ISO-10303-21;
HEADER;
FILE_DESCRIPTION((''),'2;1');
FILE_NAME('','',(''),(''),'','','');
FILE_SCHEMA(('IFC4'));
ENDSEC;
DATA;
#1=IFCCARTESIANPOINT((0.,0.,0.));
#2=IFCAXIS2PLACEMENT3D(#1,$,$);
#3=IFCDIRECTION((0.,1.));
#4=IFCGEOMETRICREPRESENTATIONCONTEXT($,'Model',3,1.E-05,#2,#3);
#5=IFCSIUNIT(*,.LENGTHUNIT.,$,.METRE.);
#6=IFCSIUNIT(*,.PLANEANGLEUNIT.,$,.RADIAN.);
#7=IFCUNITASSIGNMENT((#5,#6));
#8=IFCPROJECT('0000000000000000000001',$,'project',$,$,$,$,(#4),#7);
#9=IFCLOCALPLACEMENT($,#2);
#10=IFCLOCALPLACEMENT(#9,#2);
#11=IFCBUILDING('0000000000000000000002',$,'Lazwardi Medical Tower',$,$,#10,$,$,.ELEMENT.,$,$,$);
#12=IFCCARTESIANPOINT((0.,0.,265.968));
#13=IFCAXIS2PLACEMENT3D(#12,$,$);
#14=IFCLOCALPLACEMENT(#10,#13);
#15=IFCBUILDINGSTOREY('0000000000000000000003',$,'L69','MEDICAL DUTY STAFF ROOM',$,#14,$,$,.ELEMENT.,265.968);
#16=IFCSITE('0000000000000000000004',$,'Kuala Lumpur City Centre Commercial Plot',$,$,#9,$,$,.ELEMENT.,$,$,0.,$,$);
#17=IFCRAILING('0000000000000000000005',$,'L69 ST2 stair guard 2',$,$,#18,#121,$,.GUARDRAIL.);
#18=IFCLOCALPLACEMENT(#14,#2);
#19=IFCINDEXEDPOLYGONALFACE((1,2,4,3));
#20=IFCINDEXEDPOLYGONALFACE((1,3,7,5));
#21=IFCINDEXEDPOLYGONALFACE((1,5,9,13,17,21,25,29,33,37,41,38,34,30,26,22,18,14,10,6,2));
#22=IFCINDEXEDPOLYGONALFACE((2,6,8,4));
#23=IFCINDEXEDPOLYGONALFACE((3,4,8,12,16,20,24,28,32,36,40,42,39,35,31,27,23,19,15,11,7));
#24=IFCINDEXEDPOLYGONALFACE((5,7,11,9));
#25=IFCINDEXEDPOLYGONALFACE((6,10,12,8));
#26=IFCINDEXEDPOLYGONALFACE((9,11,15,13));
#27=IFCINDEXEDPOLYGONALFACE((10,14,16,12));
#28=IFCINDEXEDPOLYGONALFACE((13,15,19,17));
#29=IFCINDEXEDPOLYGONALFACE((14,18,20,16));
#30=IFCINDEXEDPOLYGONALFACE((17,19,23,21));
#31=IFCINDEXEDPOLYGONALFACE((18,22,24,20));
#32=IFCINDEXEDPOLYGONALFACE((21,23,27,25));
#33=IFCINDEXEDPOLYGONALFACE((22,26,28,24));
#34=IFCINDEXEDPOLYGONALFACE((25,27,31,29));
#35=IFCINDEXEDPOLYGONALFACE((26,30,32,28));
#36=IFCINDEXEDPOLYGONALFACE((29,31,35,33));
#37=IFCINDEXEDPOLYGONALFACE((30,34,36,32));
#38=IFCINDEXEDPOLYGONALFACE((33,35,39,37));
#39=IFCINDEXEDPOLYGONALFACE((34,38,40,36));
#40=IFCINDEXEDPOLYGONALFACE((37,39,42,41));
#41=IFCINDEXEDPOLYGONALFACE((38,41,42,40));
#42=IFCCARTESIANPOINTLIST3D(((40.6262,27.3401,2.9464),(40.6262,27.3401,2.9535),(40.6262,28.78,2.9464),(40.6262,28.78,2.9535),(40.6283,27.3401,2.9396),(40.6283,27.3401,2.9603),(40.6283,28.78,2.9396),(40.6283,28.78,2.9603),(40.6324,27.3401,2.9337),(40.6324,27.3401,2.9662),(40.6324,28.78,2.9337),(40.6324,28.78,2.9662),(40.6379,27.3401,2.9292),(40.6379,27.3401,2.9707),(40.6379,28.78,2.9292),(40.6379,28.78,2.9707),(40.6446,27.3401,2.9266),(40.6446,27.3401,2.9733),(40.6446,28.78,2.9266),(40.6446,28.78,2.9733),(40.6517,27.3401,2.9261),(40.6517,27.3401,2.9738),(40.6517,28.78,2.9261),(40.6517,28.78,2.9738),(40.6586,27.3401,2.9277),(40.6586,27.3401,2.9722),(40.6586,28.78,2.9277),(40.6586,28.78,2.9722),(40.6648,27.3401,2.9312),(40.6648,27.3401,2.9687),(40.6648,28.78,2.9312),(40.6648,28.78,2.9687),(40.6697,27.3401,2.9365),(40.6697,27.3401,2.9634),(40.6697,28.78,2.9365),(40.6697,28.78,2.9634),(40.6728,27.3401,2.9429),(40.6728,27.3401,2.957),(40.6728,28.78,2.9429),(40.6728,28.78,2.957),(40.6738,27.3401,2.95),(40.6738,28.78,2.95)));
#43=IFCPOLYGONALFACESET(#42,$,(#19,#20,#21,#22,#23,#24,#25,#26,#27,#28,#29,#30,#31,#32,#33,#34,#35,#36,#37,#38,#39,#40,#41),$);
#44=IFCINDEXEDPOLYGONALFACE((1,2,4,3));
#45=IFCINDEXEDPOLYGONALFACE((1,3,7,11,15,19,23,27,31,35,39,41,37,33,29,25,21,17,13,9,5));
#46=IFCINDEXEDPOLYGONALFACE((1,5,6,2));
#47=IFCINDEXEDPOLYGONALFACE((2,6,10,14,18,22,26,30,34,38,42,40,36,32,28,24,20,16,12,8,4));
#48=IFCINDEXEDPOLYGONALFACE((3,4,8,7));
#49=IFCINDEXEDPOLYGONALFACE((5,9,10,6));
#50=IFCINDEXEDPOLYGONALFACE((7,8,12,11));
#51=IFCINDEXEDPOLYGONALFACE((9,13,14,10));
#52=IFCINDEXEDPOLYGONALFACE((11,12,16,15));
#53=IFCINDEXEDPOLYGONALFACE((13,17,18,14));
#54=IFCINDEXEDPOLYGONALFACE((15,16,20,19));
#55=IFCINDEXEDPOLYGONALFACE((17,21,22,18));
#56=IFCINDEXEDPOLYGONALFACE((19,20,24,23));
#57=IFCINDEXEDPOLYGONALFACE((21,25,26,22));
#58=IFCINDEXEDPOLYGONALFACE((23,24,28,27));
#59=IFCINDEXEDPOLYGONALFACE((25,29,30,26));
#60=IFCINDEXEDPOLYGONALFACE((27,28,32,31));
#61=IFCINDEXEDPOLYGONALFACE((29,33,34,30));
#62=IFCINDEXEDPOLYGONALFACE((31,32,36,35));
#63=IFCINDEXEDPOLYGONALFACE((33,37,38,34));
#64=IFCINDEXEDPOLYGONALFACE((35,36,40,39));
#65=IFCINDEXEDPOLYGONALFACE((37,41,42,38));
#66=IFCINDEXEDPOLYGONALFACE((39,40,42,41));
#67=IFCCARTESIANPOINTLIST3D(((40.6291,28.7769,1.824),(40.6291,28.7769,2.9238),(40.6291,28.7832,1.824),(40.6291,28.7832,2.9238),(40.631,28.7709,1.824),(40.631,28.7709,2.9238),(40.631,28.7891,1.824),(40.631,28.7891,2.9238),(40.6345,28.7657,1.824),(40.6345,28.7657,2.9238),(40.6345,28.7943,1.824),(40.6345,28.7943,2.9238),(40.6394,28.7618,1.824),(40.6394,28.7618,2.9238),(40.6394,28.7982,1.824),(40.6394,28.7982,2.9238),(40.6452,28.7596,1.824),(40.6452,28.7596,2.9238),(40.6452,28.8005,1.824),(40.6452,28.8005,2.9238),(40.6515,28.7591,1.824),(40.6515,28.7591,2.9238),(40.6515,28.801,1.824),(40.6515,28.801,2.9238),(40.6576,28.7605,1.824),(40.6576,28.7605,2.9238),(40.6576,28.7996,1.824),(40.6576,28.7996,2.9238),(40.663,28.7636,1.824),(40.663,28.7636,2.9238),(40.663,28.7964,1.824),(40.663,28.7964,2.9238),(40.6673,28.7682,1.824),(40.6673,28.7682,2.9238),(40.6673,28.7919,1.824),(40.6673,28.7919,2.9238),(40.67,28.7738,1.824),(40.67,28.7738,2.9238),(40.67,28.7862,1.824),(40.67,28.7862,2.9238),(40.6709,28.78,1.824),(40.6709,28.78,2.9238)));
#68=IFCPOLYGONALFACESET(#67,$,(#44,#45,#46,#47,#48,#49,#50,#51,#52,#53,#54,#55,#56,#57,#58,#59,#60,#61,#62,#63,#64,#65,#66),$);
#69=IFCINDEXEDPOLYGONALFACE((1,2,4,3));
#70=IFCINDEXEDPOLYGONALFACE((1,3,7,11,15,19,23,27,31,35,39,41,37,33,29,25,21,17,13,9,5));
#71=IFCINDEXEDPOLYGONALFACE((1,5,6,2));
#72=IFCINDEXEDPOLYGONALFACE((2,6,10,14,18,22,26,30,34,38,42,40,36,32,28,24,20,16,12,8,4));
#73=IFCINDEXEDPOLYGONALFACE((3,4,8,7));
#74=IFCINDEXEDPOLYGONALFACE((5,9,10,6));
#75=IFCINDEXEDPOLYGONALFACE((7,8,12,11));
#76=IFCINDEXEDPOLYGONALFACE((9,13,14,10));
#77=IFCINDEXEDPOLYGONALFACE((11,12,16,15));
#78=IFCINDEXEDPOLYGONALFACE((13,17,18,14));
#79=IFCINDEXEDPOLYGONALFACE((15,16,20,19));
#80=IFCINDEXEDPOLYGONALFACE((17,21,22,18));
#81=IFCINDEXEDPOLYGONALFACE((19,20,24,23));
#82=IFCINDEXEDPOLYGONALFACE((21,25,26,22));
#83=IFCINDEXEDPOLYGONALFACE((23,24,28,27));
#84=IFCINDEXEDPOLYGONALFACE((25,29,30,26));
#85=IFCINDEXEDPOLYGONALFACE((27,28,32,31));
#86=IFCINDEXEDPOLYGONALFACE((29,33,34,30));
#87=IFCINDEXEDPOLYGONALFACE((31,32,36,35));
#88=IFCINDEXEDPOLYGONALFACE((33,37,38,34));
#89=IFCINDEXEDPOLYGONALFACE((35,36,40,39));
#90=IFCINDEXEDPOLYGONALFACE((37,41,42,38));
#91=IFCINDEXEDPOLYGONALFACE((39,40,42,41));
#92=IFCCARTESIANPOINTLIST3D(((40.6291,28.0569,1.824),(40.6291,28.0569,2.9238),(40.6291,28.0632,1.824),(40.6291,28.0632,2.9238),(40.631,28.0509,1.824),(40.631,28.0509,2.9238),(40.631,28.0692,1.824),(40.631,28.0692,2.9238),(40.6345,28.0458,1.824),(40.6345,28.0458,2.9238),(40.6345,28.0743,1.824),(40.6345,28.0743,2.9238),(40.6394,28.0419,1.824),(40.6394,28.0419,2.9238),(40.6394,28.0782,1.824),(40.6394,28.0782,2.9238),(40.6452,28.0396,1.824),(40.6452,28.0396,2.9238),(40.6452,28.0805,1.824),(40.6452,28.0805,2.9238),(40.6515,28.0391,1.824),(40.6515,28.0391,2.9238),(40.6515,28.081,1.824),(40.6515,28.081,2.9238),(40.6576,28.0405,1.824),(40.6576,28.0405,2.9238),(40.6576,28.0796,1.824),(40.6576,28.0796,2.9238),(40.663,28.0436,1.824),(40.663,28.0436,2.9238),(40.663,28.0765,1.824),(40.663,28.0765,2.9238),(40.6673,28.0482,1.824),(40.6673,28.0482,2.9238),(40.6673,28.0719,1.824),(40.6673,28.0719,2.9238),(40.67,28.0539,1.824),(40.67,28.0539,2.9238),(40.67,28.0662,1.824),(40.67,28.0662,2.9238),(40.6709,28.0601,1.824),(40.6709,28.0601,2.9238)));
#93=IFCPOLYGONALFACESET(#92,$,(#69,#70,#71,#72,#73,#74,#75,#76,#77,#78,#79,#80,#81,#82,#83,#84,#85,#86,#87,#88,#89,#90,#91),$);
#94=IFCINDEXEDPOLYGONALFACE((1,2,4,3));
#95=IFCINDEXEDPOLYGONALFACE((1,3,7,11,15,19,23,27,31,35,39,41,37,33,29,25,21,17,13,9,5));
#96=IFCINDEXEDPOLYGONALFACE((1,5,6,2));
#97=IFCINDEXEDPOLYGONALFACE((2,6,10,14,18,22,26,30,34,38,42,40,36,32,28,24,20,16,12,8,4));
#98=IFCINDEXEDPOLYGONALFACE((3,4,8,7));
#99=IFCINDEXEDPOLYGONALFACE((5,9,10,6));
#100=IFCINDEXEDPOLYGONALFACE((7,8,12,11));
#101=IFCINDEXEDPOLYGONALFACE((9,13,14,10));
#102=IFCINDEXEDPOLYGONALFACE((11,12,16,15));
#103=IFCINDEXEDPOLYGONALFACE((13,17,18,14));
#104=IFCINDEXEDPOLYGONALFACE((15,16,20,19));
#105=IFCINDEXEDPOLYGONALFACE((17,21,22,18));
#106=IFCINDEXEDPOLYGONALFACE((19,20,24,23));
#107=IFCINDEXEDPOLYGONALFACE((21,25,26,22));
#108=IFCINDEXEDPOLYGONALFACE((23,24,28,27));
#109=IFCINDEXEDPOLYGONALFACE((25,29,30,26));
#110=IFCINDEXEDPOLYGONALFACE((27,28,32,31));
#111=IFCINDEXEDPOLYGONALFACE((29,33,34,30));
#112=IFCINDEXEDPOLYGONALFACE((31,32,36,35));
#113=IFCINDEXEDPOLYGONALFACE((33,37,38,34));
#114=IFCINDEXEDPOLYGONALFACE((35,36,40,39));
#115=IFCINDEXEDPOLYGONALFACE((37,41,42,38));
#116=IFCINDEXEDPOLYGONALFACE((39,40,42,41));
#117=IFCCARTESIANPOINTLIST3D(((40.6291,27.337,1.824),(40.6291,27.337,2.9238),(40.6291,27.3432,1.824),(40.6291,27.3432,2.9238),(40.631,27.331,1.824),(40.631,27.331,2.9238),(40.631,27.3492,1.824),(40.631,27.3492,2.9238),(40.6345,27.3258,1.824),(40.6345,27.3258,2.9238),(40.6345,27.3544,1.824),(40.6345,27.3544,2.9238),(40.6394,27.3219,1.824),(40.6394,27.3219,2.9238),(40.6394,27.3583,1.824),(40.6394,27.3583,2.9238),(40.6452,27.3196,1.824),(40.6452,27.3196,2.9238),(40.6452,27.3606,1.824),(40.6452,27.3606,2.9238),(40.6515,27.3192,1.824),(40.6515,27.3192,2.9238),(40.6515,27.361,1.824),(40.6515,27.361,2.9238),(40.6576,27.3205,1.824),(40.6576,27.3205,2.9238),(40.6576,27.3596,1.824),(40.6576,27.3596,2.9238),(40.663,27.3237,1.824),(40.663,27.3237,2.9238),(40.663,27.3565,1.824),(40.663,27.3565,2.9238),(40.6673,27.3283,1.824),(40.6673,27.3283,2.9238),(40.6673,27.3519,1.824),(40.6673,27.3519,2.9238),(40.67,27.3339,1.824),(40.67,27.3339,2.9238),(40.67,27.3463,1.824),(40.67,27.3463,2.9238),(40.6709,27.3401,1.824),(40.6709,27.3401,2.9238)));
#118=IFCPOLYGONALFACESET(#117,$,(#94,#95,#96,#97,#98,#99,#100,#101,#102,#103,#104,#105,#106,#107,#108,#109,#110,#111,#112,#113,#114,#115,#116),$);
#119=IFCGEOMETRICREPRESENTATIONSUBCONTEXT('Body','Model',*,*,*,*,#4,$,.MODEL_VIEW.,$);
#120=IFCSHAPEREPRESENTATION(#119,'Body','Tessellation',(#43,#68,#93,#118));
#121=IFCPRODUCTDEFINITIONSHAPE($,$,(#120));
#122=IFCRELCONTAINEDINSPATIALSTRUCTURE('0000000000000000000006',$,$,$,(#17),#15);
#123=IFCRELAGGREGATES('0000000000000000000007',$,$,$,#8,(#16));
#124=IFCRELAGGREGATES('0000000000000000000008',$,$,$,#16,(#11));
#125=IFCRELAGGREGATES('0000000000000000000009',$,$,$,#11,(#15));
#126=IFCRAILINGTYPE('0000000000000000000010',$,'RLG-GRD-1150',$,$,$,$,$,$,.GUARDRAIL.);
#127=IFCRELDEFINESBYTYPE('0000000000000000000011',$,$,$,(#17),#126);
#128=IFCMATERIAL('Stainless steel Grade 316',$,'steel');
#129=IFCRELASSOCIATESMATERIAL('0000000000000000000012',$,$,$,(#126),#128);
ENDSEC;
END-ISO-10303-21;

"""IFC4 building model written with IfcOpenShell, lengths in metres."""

from ifc_helpers import new_model, si_unit, direction, frame, origin, origin_2d, place, context, subcontext, project, spatial, circle, extrude, material, type_object, element, save


model = new_model("IFC4")

# Units and contexts
model_context = context("Model", 3, precision=1e-05, world=origin(), true_north=direction((0.0, 1.0)))
body_context = subcontext(model_context, "Body", "Model", "MODEL_VIEW")
ifc_project = project(units=[si_unit("LENGTHUNIT", "METRE"), si_unit("PLANEANGLEUNIT", "RADIAN")], contexts=[model_context])

# Site, building, storey
site_placement = place(None, origin())
site = spatial("IfcSite", under=ifc_project, at=site_placement, Name="Kuala Lumpur City Centre Commercial Plot", CompositionType="ELEMENT", RefElevation=0.0)
building_placement = place(site_placement, origin())
building = spatial("IfcBuilding", under=site, at=building_placement, Name="Lazwardi Medical Tower", CompositionType="ELEMENT")
storey_placement = place(building_placement, frame((0.0, 0.0, 265.968)))
storey = spatial("IfcBuildingStorey", under=building, at=storey_placement, Name="L69", Description="MEDICAL DUTY STAFF ROOM", CompositionType="ELEMENT", Elevation=265.968)

# Railing
ifc_material_1 = material(Name="Stainless steel Grade 316", Category="steel")
railing_type_1 = type_object("IfcRailingType", Name="RLG-GRD-1150", PredefinedType="GUARDRAIL", material=ifc_material_1)
railing_1_placement = place(storey_placement, frame((40.6499, 28.78, 1.824)))
element("IfcRailing", 1, at=railing_1_placement, inside=storey, type_object=railing_type_1, Name="L69 ST2 stair guard 2", PredefinedType="GUARDRAIL", context=body_context, shape_type="SweptSolid", body=[
    extrude(circle(Radius=0.0239, at=origin_2d()), frame((0.0, 0.0, 1.126), z_axis=(0.0, -1.0, 0.0), x_axis=(1.0, 0.0, 0.0)), (0.0, 0.0, 1.0), 1.4399),
    extrude(circle(Radius=0.021, at=origin_2d()), origin(), (0.0, 0.0, 1.0), 1.0999),
    extrude(circle(Radius=0.021, at=origin_2d()), frame((0.0, -0.72, 0.0)), (0.0, 0.0, 1.0), 1.0999),
    extrude(circle(Radius=0.021, at=origin_2d()), frame((0.0, -1.4399, 0.0)), (0.0, 0.0, 1.0), 1.0999),
])

save(model, "model.ifc")
